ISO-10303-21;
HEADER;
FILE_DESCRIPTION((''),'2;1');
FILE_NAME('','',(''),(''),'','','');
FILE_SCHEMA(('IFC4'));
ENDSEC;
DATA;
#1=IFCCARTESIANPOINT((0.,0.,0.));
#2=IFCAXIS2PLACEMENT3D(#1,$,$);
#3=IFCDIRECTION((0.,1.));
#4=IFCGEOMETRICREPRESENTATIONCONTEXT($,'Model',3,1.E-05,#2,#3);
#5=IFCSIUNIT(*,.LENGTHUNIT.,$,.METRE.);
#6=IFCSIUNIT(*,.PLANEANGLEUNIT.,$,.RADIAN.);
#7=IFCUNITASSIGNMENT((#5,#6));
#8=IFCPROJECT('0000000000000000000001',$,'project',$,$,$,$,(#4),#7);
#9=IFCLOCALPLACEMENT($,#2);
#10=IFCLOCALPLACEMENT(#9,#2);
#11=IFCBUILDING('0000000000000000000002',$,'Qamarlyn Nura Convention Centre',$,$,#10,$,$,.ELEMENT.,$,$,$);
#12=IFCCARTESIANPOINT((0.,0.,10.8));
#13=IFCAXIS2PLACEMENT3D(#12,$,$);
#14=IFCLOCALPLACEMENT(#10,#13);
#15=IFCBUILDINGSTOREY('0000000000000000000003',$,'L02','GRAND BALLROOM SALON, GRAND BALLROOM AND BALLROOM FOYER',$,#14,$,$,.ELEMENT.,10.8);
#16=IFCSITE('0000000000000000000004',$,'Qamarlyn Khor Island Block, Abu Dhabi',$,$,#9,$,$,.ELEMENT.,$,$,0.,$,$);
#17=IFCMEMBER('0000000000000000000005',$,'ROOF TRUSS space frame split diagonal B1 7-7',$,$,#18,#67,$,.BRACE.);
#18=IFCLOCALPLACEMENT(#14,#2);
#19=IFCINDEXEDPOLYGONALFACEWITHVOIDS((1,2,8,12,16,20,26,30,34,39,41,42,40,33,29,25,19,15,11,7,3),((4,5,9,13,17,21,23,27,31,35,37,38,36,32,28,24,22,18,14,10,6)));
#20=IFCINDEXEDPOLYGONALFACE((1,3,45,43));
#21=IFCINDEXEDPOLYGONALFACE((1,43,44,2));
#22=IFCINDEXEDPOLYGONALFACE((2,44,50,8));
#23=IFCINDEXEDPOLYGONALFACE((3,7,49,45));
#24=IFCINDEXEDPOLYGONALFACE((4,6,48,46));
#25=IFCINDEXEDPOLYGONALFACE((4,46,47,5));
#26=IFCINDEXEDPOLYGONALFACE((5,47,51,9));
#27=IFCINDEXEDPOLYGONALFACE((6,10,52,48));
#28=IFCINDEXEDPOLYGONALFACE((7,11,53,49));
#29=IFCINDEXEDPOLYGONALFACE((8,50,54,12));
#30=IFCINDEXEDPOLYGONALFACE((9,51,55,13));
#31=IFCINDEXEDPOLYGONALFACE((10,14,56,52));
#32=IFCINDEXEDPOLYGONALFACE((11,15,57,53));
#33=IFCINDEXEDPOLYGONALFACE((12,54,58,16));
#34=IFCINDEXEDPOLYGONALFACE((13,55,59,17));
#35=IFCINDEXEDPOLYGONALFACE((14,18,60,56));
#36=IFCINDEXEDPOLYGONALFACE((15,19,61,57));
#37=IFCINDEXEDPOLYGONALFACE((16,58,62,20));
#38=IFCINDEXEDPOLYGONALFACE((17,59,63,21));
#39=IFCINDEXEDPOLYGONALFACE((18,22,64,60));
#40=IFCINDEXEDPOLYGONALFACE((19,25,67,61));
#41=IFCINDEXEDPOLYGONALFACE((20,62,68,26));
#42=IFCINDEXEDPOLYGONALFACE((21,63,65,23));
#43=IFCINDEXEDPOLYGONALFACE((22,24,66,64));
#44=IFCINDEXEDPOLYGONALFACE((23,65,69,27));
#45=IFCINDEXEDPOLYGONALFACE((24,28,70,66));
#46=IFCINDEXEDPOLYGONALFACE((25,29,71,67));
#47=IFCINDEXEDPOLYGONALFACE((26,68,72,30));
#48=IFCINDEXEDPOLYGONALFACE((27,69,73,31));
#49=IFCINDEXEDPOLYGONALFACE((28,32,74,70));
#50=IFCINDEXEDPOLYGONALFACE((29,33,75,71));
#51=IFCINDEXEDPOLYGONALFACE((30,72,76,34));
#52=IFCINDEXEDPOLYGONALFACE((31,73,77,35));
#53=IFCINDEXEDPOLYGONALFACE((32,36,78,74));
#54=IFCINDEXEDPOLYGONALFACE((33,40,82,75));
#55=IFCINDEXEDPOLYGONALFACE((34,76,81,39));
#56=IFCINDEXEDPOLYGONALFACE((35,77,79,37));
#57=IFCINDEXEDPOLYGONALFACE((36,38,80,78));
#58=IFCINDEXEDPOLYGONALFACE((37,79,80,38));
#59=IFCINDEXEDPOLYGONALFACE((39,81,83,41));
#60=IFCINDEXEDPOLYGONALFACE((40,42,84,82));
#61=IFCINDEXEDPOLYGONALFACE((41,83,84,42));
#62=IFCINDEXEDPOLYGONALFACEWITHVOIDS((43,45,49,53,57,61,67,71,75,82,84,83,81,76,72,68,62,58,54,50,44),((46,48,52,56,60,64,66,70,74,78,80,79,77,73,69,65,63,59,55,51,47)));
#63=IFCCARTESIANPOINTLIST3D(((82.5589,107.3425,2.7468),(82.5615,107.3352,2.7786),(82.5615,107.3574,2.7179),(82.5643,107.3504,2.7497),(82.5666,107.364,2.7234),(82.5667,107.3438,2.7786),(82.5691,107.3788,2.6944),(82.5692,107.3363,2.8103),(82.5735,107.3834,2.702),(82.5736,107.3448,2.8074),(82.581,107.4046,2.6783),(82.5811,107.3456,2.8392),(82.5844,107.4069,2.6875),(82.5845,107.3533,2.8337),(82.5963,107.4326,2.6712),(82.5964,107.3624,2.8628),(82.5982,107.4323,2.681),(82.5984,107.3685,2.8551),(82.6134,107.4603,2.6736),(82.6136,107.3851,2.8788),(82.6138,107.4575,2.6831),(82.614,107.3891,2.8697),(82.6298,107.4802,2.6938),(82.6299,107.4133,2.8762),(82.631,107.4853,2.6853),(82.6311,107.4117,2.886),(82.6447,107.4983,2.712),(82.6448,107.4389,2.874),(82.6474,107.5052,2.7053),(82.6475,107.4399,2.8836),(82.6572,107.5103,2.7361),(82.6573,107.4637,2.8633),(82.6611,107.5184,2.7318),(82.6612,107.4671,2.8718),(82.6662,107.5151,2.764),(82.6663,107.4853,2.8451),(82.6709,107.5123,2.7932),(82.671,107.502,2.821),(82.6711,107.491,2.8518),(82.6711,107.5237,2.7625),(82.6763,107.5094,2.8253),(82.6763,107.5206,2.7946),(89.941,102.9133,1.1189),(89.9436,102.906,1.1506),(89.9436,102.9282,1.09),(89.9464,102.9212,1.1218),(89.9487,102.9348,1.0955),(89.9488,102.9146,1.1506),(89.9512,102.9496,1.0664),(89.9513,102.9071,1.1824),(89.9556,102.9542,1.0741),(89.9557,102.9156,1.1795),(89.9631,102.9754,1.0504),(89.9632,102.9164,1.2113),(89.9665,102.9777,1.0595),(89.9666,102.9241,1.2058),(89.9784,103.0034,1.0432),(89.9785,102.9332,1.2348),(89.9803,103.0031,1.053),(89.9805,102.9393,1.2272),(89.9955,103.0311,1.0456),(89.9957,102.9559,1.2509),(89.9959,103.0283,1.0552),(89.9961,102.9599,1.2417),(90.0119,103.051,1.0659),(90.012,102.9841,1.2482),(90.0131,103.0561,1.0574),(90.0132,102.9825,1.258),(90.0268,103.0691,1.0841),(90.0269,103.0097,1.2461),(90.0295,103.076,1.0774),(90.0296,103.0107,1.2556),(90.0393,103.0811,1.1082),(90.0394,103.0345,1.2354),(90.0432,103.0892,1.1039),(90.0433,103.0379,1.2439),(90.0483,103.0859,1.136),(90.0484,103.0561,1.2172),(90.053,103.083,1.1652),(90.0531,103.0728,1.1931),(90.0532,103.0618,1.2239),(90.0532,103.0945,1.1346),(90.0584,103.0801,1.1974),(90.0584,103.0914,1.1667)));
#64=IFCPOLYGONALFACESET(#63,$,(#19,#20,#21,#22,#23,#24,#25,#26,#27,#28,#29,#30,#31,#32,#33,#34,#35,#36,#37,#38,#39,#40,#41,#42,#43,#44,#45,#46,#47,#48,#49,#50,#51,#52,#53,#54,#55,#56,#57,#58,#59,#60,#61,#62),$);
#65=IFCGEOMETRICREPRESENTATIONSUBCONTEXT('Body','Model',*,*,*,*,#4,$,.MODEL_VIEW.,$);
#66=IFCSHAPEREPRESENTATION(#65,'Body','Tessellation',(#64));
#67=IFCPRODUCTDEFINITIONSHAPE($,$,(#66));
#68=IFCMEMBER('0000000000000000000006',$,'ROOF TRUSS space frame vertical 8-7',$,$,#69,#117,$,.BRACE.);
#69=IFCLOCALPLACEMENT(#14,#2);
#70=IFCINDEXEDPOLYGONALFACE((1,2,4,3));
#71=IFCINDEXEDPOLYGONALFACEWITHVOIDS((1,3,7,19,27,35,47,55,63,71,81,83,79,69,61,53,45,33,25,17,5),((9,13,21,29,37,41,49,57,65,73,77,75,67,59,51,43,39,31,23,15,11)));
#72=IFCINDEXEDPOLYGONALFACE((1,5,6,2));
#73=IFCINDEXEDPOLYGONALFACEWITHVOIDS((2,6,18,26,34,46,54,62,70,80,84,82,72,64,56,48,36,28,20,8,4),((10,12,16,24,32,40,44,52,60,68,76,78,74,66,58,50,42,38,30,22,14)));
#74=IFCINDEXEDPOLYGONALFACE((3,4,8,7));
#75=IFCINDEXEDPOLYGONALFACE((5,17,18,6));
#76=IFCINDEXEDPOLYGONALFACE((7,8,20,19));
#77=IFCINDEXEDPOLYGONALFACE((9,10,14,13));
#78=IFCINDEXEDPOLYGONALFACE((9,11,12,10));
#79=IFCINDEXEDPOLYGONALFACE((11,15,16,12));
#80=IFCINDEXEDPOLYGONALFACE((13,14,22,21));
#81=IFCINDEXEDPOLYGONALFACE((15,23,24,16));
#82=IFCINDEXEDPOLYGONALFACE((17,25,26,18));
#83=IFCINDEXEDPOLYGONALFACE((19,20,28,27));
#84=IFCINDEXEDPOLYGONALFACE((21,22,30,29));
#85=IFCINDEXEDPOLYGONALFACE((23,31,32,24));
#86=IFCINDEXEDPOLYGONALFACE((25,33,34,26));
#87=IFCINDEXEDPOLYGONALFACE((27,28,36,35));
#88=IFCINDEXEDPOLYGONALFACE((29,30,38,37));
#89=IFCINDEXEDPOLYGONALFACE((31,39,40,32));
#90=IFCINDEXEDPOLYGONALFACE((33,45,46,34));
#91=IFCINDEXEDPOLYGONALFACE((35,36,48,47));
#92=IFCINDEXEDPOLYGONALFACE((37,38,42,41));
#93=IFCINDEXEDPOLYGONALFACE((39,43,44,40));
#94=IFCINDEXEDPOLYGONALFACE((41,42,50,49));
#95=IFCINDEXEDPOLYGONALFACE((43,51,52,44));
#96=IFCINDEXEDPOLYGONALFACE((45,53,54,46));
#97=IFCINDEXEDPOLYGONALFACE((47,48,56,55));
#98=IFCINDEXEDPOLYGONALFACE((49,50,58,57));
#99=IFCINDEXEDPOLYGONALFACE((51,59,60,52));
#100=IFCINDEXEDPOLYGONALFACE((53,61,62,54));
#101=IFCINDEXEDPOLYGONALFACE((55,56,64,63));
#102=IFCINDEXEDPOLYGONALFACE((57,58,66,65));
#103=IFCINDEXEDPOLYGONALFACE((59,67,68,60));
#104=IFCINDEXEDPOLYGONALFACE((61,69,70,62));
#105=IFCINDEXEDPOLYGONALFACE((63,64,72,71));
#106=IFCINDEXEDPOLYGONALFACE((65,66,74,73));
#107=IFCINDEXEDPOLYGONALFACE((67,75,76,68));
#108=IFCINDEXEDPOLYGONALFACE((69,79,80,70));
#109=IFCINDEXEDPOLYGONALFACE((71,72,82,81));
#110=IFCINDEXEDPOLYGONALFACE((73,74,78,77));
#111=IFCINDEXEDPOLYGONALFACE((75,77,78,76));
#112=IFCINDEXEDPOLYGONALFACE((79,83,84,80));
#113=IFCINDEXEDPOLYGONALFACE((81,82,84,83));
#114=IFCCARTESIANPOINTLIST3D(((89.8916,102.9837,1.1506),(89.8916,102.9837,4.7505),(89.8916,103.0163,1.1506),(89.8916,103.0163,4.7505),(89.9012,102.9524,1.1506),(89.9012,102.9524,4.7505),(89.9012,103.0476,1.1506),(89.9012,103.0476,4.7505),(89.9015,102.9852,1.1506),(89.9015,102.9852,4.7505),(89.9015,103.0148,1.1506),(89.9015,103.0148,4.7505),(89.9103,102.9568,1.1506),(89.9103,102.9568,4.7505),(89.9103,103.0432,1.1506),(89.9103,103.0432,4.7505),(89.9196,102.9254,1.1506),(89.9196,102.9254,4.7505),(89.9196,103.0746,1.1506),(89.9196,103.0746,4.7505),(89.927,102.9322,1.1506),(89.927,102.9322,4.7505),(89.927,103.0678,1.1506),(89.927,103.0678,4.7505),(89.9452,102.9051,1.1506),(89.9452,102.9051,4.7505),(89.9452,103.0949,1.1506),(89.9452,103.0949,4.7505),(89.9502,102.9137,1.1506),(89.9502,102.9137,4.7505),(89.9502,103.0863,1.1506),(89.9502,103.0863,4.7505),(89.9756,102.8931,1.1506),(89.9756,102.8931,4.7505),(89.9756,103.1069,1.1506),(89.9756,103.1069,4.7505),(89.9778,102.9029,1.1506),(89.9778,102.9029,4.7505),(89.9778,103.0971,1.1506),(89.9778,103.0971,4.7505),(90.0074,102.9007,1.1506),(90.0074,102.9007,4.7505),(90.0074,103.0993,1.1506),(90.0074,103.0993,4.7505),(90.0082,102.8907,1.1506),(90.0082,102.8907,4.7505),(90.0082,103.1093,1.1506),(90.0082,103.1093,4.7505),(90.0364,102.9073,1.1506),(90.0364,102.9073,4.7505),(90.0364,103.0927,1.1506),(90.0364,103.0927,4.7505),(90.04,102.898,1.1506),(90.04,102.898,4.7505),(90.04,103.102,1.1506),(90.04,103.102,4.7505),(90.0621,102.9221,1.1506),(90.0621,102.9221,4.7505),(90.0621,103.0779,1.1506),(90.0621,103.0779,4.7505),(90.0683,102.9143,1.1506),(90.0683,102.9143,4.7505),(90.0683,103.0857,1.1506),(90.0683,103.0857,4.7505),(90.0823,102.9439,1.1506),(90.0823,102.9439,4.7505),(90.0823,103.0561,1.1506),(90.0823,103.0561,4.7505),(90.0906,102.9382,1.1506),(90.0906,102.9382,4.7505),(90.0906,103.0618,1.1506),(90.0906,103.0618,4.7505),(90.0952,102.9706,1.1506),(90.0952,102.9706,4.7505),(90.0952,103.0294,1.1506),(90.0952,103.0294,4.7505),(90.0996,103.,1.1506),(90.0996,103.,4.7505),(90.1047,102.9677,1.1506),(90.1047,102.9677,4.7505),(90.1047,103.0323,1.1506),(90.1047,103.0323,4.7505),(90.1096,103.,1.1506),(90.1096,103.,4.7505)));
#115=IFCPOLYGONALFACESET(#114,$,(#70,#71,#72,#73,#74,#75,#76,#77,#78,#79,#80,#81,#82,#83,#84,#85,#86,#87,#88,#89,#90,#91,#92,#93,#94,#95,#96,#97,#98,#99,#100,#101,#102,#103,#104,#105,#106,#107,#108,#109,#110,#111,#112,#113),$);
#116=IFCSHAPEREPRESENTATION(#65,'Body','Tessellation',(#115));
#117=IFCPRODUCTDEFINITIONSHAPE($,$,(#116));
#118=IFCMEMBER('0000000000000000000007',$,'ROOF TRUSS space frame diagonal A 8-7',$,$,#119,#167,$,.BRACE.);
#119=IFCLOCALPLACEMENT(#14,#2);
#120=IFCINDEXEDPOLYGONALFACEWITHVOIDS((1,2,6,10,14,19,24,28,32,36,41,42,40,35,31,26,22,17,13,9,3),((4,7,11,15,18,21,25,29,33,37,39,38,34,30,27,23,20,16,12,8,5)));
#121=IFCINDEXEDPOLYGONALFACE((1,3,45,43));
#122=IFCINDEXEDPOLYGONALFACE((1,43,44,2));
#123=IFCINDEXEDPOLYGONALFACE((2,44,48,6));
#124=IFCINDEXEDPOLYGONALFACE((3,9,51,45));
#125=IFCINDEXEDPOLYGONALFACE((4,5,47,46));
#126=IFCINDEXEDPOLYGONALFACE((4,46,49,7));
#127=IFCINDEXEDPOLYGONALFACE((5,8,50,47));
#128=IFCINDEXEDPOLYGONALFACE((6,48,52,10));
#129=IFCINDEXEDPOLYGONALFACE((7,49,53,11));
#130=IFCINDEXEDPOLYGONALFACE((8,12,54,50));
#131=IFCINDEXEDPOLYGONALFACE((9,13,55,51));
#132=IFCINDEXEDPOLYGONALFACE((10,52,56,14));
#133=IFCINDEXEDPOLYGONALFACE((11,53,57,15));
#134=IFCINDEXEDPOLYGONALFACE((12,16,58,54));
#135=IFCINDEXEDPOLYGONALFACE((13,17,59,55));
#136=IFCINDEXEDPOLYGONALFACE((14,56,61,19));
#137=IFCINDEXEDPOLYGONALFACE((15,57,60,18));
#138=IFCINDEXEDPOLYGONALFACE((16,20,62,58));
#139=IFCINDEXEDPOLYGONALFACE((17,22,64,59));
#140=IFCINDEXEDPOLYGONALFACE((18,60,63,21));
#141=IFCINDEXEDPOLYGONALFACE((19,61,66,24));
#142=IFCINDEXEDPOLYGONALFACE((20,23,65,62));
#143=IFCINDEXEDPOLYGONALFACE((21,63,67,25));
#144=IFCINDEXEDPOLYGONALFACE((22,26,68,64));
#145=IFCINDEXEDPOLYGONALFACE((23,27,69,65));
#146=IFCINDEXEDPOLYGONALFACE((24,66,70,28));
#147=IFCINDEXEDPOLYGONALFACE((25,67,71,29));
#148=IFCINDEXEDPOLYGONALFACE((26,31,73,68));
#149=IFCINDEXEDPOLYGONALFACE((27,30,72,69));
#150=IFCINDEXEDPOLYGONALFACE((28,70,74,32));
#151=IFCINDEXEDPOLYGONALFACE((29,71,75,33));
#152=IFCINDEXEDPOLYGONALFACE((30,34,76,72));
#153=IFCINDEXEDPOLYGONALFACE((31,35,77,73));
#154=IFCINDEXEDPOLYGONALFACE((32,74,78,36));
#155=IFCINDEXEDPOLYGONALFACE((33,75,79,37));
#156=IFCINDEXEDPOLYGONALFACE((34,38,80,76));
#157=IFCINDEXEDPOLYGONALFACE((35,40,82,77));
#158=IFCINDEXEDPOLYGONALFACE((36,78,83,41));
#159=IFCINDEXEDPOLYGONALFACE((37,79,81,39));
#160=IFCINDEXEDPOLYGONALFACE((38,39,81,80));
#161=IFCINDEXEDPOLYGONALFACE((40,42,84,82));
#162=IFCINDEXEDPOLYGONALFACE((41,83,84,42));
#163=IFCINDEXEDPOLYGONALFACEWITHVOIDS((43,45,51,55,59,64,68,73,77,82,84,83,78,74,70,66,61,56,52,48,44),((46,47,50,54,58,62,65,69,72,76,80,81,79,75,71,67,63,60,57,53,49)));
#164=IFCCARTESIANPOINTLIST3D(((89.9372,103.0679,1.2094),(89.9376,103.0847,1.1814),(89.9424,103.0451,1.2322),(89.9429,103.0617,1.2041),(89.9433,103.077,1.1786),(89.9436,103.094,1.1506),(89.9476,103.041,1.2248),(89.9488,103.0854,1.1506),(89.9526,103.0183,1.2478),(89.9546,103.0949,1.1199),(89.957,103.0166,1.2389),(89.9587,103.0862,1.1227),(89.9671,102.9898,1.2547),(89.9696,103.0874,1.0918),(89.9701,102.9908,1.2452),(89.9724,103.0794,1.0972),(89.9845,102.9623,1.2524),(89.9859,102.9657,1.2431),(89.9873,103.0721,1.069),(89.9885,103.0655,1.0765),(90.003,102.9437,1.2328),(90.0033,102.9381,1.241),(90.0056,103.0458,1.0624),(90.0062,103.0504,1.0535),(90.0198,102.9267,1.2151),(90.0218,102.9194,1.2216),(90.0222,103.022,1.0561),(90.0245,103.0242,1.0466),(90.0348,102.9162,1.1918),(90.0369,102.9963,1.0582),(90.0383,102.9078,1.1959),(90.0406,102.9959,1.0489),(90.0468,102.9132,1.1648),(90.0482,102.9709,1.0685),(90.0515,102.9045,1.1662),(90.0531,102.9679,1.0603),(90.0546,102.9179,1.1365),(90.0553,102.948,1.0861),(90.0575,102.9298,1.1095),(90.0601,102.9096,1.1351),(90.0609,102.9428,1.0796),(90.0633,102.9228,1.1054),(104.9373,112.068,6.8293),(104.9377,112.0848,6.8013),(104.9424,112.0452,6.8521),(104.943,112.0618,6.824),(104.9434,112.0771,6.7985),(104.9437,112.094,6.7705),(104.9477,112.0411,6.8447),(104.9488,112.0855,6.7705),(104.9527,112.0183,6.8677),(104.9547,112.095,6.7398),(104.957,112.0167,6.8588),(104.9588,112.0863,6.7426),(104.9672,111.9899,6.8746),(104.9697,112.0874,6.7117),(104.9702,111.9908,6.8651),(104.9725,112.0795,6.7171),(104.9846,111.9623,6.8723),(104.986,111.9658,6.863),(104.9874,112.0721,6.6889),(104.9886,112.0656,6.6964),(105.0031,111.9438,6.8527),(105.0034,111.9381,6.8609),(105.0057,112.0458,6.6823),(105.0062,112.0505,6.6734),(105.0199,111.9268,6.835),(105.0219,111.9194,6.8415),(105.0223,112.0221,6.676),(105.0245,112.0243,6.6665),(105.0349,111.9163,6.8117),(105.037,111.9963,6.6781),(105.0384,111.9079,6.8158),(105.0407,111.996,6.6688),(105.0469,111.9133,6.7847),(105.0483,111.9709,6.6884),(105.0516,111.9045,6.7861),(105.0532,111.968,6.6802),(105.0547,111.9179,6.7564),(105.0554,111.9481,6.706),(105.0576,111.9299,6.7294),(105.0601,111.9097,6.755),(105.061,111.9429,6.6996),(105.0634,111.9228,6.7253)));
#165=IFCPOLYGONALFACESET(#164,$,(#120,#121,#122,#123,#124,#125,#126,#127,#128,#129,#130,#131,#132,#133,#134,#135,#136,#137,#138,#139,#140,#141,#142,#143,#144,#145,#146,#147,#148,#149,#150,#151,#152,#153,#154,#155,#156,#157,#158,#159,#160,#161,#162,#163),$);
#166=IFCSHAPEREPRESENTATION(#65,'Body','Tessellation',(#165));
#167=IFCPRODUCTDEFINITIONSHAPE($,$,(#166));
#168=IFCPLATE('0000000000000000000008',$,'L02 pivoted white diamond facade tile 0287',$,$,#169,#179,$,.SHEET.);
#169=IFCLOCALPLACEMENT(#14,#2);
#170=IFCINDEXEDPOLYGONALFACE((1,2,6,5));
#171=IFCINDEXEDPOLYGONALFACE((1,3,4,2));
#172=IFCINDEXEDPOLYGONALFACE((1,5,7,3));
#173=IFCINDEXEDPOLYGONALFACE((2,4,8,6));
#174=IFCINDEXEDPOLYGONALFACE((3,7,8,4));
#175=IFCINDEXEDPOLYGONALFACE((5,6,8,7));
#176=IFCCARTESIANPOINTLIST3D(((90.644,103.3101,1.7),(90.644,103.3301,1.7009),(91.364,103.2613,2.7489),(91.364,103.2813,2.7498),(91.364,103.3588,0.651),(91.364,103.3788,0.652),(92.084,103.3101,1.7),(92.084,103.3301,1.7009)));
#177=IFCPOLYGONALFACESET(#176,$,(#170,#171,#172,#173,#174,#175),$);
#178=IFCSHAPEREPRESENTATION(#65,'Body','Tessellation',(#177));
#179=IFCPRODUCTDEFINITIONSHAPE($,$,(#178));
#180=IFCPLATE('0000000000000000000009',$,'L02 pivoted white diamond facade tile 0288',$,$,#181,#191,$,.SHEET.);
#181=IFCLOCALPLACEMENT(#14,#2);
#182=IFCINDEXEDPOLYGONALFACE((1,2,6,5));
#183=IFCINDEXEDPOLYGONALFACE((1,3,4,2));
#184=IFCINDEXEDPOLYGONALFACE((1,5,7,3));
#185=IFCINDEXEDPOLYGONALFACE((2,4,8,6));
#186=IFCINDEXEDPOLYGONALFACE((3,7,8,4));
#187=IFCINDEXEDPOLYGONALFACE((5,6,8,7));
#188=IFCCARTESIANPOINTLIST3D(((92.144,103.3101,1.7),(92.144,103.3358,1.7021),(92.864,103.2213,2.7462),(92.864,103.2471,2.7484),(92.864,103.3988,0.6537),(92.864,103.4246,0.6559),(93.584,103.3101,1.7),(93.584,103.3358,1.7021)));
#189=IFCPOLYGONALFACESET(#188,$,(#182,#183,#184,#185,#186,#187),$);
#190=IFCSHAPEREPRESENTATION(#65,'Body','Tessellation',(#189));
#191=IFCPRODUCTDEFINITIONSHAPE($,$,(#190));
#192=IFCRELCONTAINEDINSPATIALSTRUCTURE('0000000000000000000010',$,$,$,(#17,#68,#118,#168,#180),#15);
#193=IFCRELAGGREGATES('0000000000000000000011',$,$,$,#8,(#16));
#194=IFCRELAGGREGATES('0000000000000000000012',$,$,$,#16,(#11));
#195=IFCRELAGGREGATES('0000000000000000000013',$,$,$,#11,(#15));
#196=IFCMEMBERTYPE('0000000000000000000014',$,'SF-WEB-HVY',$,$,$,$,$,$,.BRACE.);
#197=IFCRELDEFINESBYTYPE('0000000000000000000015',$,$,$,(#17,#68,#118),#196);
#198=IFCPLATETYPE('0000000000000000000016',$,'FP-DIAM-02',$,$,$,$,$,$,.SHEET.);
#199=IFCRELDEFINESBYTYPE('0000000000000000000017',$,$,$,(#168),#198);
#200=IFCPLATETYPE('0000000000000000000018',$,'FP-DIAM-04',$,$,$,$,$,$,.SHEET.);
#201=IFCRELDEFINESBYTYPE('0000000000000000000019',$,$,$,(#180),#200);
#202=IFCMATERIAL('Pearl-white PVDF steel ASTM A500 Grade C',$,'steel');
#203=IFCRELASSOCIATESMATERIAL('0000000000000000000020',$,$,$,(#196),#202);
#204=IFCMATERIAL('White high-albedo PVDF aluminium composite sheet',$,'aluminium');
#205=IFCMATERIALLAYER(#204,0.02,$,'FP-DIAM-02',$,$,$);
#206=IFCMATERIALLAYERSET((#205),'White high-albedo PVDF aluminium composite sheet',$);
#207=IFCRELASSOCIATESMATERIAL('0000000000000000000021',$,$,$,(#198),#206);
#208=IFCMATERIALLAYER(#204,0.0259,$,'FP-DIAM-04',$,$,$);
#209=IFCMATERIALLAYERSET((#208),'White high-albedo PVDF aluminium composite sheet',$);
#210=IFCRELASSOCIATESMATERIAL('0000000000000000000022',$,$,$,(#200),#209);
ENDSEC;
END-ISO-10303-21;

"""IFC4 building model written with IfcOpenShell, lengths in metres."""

from ifc_helpers import new_model, si_unit, direction, frame, origin, origin_2d, place, context, subcontext, project, spatial, polyline, hollow_circle, outline, extrude, material, layer, layer_set, material_profile, profile_set, type_object, element, save


model = new_model("IFC4")

# Units and contexts
model_context = context("Model", 3, precision=1e-05, world=origin(), true_north=direction((0.0, 1.0)))
body_context = subcontext(model_context, "Body", "Model", "MODEL_VIEW")
ifc_project = project(units=[si_unit("LENGTHUNIT", "METRE"), si_unit("PLANEANGLEUNIT", "RADIAN")], contexts=[model_context])

# Site, building, storey
site_placement = place(None, origin())
site = spatial("IfcSite", under=ifc_project, at=site_placement, Name="Qamarlyn Khor Island Block, Abu Dhabi", CompositionType="ELEMENT", RefElevation=0.0)
building_placement = place(site_placement, origin())
building = spatial("IfcBuilding", under=site, at=building_placement, Name="Qamarlyn Nura Convention Centre", CompositionType="ELEMENT")
storey_placement = place(building_placement, frame((0.0, 0.0, 10.8)))
storey = spatial("IfcBuildingStorey", under=building, at=storey_placement, Name="L02", Description="GRAND BALLROOM SALON, GRAND BALLROOM AND BALLROOM FOYER", CompositionType="ELEMENT", Elevation=10.8)

# Shared definitions
ifc_material_1 = material(Name="Pearl-white PVDF steel ASTM A500 Grade C", Category="steel")

# Members
ifc_material_profile_1 = material_profile(ifc_material_1, hollow_circle(Radius=0.1096, WallThickness=0.01, at=origin_2d()), Name="CHS219.1X10")
ifc_profile_set_1 = profile_set([ifc_material_profile_1], Name="Pearl-white PVDF steel ASTM A500 Grade C")
member_type_1 = type_object("IfcMemberType", Name="SF-WEB-HVY", PredefinedType="BRACE", material=ifc_profile_set_1)
member_1_placement = place(storey_placement, frame((90.0, 103.0, 1.1506), z_axis=(-0.842563, 0.505532, 0.185806), x_axis=(-0.514492, -0.857495, 0.0)))
element("IfcMember", 1, at=member_1_placement, inside=storey, type_object=member_type_1, Name="ROOF TRUSS space frame split diagonal B1 7-7", PredefinedType="BRACE", context=body_context, shape_type="SweptSolid", body=[
    extrude(hollow_circle(Radius=0.1096, WallThickness=0.01, at=origin_2d()), origin(), (0.0, 0.0, 1.0), 8.7615),
])
member_2_placement = place(storey_placement, frame((90.0, 103.0, 1.1506), z_axis=(0.0, 0.0, 1.0), x_axis=(1.0, 0.0, 0.0)))
element("IfcMember", 2, at=member_2_placement, inside=storey, type_object=member_type_1, Name="ROOF TRUSS space frame vertical 8-7", PredefinedType="BRACE", context=body_context, shape_type="SweptSolid", body=[
    extrude(hollow_circle(Radius=0.1096, WallThickness=0.01, at=origin_2d()), origin(), (0.0, 0.0, 1.0), 3.5999),
])
member_3_placement = place(storey_placement, frame((90.0, 103.0, 1.1506), z_axis=(0.816396, 0.489838, 0.30587), x_axis=(-0.514496, 0.857493, 0.0)))
element("IfcMember", 3, at=member_3_placement, inside=storey, type_object=member_type_1, Name="ROOF TRUSS space frame diagonal A 8-7", PredefinedType="BRACE", context=body_context, shape_type="SweptSolid", body=[
    extrude(hollow_circle(Radius=0.1096, WallThickness=0.01, at=origin_2d()), origin(), (0.0, 0.0, 1.0), 18.3735),
])

# Plates
ifc_material_2 = material(Name="White high-albedo PVDF aluminium composite sheet", Category="aluminium")
ifc_layer_1 = layer(ifc_material_2, 0.02, Name="FP-DIAM-02")
ifc_layer_set_1 = layer_set([ifc_layer_1], Name="White high-albedo PVDF aluminium composite sheet")
plate_type_1 = type_object("IfcPlateType", Name="FP-DIAM-02", PredefinedType="SHEET", material=ifc_layer_set_1)
plate_1_placement = place(storey_placement, frame((91.364, 103.3101, 1.7), z_axis=(0.0, 0.998923, 0.046409), x_axis=(-1.0, 0.0, 0.0)))
element("IfcPlate", 4, at=plate_1_placement, inside=storey, type_object=plate_type_1, Name="L02 pivoted white diamond facade tile 0287", PredefinedType="SHEET", context=body_context, shape_type="SweptSolid", body=[
    extrude(outline(polyline([(-0.72, 0.0), (0.0, -1.05), (0.72, 0.0), (0.0, 1.05), (-0.72, 0.0)])), origin(), (0.0, 0.0, 1.0), 0.02),
])
ifc_layer_2 = layer(ifc_material_2, 0.0259, Name="FP-DIAM-04")
ifc_layer_set_2 = layer_set([ifc_layer_2], Name="White high-albedo PVDF aluminium composite sheet")
plate_type_2 = type_object("IfcPlateType", Name="FP-DIAM-04", PredefinedType="SHEET", material=ifc_layer_set_2)
plate_2_placement = place(storey_placement, frame((92.864, 103.3101, 1.7), z_axis=(0.0, 0.996419, 0.084547), x_axis=(-1.0, 0.0, 0.0)))
element("IfcPlate", 5, at=plate_2_placement, inside=storey, type_object=plate_type_2, Name="L02 pivoted white diamond facade tile 0288", PredefinedType="SHEET", context=body_context, shape_type="SweptSolid", body=[
    extrude(outline(polyline([(-0.72, 0.0), (0.0, -1.05), (0.72, 0.0), (0.0, 1.05), (-0.72, 0.0)])), origin(), (0.0, 0.0, 1.0), 0.0259),
])

save(model, "model.ifc")
